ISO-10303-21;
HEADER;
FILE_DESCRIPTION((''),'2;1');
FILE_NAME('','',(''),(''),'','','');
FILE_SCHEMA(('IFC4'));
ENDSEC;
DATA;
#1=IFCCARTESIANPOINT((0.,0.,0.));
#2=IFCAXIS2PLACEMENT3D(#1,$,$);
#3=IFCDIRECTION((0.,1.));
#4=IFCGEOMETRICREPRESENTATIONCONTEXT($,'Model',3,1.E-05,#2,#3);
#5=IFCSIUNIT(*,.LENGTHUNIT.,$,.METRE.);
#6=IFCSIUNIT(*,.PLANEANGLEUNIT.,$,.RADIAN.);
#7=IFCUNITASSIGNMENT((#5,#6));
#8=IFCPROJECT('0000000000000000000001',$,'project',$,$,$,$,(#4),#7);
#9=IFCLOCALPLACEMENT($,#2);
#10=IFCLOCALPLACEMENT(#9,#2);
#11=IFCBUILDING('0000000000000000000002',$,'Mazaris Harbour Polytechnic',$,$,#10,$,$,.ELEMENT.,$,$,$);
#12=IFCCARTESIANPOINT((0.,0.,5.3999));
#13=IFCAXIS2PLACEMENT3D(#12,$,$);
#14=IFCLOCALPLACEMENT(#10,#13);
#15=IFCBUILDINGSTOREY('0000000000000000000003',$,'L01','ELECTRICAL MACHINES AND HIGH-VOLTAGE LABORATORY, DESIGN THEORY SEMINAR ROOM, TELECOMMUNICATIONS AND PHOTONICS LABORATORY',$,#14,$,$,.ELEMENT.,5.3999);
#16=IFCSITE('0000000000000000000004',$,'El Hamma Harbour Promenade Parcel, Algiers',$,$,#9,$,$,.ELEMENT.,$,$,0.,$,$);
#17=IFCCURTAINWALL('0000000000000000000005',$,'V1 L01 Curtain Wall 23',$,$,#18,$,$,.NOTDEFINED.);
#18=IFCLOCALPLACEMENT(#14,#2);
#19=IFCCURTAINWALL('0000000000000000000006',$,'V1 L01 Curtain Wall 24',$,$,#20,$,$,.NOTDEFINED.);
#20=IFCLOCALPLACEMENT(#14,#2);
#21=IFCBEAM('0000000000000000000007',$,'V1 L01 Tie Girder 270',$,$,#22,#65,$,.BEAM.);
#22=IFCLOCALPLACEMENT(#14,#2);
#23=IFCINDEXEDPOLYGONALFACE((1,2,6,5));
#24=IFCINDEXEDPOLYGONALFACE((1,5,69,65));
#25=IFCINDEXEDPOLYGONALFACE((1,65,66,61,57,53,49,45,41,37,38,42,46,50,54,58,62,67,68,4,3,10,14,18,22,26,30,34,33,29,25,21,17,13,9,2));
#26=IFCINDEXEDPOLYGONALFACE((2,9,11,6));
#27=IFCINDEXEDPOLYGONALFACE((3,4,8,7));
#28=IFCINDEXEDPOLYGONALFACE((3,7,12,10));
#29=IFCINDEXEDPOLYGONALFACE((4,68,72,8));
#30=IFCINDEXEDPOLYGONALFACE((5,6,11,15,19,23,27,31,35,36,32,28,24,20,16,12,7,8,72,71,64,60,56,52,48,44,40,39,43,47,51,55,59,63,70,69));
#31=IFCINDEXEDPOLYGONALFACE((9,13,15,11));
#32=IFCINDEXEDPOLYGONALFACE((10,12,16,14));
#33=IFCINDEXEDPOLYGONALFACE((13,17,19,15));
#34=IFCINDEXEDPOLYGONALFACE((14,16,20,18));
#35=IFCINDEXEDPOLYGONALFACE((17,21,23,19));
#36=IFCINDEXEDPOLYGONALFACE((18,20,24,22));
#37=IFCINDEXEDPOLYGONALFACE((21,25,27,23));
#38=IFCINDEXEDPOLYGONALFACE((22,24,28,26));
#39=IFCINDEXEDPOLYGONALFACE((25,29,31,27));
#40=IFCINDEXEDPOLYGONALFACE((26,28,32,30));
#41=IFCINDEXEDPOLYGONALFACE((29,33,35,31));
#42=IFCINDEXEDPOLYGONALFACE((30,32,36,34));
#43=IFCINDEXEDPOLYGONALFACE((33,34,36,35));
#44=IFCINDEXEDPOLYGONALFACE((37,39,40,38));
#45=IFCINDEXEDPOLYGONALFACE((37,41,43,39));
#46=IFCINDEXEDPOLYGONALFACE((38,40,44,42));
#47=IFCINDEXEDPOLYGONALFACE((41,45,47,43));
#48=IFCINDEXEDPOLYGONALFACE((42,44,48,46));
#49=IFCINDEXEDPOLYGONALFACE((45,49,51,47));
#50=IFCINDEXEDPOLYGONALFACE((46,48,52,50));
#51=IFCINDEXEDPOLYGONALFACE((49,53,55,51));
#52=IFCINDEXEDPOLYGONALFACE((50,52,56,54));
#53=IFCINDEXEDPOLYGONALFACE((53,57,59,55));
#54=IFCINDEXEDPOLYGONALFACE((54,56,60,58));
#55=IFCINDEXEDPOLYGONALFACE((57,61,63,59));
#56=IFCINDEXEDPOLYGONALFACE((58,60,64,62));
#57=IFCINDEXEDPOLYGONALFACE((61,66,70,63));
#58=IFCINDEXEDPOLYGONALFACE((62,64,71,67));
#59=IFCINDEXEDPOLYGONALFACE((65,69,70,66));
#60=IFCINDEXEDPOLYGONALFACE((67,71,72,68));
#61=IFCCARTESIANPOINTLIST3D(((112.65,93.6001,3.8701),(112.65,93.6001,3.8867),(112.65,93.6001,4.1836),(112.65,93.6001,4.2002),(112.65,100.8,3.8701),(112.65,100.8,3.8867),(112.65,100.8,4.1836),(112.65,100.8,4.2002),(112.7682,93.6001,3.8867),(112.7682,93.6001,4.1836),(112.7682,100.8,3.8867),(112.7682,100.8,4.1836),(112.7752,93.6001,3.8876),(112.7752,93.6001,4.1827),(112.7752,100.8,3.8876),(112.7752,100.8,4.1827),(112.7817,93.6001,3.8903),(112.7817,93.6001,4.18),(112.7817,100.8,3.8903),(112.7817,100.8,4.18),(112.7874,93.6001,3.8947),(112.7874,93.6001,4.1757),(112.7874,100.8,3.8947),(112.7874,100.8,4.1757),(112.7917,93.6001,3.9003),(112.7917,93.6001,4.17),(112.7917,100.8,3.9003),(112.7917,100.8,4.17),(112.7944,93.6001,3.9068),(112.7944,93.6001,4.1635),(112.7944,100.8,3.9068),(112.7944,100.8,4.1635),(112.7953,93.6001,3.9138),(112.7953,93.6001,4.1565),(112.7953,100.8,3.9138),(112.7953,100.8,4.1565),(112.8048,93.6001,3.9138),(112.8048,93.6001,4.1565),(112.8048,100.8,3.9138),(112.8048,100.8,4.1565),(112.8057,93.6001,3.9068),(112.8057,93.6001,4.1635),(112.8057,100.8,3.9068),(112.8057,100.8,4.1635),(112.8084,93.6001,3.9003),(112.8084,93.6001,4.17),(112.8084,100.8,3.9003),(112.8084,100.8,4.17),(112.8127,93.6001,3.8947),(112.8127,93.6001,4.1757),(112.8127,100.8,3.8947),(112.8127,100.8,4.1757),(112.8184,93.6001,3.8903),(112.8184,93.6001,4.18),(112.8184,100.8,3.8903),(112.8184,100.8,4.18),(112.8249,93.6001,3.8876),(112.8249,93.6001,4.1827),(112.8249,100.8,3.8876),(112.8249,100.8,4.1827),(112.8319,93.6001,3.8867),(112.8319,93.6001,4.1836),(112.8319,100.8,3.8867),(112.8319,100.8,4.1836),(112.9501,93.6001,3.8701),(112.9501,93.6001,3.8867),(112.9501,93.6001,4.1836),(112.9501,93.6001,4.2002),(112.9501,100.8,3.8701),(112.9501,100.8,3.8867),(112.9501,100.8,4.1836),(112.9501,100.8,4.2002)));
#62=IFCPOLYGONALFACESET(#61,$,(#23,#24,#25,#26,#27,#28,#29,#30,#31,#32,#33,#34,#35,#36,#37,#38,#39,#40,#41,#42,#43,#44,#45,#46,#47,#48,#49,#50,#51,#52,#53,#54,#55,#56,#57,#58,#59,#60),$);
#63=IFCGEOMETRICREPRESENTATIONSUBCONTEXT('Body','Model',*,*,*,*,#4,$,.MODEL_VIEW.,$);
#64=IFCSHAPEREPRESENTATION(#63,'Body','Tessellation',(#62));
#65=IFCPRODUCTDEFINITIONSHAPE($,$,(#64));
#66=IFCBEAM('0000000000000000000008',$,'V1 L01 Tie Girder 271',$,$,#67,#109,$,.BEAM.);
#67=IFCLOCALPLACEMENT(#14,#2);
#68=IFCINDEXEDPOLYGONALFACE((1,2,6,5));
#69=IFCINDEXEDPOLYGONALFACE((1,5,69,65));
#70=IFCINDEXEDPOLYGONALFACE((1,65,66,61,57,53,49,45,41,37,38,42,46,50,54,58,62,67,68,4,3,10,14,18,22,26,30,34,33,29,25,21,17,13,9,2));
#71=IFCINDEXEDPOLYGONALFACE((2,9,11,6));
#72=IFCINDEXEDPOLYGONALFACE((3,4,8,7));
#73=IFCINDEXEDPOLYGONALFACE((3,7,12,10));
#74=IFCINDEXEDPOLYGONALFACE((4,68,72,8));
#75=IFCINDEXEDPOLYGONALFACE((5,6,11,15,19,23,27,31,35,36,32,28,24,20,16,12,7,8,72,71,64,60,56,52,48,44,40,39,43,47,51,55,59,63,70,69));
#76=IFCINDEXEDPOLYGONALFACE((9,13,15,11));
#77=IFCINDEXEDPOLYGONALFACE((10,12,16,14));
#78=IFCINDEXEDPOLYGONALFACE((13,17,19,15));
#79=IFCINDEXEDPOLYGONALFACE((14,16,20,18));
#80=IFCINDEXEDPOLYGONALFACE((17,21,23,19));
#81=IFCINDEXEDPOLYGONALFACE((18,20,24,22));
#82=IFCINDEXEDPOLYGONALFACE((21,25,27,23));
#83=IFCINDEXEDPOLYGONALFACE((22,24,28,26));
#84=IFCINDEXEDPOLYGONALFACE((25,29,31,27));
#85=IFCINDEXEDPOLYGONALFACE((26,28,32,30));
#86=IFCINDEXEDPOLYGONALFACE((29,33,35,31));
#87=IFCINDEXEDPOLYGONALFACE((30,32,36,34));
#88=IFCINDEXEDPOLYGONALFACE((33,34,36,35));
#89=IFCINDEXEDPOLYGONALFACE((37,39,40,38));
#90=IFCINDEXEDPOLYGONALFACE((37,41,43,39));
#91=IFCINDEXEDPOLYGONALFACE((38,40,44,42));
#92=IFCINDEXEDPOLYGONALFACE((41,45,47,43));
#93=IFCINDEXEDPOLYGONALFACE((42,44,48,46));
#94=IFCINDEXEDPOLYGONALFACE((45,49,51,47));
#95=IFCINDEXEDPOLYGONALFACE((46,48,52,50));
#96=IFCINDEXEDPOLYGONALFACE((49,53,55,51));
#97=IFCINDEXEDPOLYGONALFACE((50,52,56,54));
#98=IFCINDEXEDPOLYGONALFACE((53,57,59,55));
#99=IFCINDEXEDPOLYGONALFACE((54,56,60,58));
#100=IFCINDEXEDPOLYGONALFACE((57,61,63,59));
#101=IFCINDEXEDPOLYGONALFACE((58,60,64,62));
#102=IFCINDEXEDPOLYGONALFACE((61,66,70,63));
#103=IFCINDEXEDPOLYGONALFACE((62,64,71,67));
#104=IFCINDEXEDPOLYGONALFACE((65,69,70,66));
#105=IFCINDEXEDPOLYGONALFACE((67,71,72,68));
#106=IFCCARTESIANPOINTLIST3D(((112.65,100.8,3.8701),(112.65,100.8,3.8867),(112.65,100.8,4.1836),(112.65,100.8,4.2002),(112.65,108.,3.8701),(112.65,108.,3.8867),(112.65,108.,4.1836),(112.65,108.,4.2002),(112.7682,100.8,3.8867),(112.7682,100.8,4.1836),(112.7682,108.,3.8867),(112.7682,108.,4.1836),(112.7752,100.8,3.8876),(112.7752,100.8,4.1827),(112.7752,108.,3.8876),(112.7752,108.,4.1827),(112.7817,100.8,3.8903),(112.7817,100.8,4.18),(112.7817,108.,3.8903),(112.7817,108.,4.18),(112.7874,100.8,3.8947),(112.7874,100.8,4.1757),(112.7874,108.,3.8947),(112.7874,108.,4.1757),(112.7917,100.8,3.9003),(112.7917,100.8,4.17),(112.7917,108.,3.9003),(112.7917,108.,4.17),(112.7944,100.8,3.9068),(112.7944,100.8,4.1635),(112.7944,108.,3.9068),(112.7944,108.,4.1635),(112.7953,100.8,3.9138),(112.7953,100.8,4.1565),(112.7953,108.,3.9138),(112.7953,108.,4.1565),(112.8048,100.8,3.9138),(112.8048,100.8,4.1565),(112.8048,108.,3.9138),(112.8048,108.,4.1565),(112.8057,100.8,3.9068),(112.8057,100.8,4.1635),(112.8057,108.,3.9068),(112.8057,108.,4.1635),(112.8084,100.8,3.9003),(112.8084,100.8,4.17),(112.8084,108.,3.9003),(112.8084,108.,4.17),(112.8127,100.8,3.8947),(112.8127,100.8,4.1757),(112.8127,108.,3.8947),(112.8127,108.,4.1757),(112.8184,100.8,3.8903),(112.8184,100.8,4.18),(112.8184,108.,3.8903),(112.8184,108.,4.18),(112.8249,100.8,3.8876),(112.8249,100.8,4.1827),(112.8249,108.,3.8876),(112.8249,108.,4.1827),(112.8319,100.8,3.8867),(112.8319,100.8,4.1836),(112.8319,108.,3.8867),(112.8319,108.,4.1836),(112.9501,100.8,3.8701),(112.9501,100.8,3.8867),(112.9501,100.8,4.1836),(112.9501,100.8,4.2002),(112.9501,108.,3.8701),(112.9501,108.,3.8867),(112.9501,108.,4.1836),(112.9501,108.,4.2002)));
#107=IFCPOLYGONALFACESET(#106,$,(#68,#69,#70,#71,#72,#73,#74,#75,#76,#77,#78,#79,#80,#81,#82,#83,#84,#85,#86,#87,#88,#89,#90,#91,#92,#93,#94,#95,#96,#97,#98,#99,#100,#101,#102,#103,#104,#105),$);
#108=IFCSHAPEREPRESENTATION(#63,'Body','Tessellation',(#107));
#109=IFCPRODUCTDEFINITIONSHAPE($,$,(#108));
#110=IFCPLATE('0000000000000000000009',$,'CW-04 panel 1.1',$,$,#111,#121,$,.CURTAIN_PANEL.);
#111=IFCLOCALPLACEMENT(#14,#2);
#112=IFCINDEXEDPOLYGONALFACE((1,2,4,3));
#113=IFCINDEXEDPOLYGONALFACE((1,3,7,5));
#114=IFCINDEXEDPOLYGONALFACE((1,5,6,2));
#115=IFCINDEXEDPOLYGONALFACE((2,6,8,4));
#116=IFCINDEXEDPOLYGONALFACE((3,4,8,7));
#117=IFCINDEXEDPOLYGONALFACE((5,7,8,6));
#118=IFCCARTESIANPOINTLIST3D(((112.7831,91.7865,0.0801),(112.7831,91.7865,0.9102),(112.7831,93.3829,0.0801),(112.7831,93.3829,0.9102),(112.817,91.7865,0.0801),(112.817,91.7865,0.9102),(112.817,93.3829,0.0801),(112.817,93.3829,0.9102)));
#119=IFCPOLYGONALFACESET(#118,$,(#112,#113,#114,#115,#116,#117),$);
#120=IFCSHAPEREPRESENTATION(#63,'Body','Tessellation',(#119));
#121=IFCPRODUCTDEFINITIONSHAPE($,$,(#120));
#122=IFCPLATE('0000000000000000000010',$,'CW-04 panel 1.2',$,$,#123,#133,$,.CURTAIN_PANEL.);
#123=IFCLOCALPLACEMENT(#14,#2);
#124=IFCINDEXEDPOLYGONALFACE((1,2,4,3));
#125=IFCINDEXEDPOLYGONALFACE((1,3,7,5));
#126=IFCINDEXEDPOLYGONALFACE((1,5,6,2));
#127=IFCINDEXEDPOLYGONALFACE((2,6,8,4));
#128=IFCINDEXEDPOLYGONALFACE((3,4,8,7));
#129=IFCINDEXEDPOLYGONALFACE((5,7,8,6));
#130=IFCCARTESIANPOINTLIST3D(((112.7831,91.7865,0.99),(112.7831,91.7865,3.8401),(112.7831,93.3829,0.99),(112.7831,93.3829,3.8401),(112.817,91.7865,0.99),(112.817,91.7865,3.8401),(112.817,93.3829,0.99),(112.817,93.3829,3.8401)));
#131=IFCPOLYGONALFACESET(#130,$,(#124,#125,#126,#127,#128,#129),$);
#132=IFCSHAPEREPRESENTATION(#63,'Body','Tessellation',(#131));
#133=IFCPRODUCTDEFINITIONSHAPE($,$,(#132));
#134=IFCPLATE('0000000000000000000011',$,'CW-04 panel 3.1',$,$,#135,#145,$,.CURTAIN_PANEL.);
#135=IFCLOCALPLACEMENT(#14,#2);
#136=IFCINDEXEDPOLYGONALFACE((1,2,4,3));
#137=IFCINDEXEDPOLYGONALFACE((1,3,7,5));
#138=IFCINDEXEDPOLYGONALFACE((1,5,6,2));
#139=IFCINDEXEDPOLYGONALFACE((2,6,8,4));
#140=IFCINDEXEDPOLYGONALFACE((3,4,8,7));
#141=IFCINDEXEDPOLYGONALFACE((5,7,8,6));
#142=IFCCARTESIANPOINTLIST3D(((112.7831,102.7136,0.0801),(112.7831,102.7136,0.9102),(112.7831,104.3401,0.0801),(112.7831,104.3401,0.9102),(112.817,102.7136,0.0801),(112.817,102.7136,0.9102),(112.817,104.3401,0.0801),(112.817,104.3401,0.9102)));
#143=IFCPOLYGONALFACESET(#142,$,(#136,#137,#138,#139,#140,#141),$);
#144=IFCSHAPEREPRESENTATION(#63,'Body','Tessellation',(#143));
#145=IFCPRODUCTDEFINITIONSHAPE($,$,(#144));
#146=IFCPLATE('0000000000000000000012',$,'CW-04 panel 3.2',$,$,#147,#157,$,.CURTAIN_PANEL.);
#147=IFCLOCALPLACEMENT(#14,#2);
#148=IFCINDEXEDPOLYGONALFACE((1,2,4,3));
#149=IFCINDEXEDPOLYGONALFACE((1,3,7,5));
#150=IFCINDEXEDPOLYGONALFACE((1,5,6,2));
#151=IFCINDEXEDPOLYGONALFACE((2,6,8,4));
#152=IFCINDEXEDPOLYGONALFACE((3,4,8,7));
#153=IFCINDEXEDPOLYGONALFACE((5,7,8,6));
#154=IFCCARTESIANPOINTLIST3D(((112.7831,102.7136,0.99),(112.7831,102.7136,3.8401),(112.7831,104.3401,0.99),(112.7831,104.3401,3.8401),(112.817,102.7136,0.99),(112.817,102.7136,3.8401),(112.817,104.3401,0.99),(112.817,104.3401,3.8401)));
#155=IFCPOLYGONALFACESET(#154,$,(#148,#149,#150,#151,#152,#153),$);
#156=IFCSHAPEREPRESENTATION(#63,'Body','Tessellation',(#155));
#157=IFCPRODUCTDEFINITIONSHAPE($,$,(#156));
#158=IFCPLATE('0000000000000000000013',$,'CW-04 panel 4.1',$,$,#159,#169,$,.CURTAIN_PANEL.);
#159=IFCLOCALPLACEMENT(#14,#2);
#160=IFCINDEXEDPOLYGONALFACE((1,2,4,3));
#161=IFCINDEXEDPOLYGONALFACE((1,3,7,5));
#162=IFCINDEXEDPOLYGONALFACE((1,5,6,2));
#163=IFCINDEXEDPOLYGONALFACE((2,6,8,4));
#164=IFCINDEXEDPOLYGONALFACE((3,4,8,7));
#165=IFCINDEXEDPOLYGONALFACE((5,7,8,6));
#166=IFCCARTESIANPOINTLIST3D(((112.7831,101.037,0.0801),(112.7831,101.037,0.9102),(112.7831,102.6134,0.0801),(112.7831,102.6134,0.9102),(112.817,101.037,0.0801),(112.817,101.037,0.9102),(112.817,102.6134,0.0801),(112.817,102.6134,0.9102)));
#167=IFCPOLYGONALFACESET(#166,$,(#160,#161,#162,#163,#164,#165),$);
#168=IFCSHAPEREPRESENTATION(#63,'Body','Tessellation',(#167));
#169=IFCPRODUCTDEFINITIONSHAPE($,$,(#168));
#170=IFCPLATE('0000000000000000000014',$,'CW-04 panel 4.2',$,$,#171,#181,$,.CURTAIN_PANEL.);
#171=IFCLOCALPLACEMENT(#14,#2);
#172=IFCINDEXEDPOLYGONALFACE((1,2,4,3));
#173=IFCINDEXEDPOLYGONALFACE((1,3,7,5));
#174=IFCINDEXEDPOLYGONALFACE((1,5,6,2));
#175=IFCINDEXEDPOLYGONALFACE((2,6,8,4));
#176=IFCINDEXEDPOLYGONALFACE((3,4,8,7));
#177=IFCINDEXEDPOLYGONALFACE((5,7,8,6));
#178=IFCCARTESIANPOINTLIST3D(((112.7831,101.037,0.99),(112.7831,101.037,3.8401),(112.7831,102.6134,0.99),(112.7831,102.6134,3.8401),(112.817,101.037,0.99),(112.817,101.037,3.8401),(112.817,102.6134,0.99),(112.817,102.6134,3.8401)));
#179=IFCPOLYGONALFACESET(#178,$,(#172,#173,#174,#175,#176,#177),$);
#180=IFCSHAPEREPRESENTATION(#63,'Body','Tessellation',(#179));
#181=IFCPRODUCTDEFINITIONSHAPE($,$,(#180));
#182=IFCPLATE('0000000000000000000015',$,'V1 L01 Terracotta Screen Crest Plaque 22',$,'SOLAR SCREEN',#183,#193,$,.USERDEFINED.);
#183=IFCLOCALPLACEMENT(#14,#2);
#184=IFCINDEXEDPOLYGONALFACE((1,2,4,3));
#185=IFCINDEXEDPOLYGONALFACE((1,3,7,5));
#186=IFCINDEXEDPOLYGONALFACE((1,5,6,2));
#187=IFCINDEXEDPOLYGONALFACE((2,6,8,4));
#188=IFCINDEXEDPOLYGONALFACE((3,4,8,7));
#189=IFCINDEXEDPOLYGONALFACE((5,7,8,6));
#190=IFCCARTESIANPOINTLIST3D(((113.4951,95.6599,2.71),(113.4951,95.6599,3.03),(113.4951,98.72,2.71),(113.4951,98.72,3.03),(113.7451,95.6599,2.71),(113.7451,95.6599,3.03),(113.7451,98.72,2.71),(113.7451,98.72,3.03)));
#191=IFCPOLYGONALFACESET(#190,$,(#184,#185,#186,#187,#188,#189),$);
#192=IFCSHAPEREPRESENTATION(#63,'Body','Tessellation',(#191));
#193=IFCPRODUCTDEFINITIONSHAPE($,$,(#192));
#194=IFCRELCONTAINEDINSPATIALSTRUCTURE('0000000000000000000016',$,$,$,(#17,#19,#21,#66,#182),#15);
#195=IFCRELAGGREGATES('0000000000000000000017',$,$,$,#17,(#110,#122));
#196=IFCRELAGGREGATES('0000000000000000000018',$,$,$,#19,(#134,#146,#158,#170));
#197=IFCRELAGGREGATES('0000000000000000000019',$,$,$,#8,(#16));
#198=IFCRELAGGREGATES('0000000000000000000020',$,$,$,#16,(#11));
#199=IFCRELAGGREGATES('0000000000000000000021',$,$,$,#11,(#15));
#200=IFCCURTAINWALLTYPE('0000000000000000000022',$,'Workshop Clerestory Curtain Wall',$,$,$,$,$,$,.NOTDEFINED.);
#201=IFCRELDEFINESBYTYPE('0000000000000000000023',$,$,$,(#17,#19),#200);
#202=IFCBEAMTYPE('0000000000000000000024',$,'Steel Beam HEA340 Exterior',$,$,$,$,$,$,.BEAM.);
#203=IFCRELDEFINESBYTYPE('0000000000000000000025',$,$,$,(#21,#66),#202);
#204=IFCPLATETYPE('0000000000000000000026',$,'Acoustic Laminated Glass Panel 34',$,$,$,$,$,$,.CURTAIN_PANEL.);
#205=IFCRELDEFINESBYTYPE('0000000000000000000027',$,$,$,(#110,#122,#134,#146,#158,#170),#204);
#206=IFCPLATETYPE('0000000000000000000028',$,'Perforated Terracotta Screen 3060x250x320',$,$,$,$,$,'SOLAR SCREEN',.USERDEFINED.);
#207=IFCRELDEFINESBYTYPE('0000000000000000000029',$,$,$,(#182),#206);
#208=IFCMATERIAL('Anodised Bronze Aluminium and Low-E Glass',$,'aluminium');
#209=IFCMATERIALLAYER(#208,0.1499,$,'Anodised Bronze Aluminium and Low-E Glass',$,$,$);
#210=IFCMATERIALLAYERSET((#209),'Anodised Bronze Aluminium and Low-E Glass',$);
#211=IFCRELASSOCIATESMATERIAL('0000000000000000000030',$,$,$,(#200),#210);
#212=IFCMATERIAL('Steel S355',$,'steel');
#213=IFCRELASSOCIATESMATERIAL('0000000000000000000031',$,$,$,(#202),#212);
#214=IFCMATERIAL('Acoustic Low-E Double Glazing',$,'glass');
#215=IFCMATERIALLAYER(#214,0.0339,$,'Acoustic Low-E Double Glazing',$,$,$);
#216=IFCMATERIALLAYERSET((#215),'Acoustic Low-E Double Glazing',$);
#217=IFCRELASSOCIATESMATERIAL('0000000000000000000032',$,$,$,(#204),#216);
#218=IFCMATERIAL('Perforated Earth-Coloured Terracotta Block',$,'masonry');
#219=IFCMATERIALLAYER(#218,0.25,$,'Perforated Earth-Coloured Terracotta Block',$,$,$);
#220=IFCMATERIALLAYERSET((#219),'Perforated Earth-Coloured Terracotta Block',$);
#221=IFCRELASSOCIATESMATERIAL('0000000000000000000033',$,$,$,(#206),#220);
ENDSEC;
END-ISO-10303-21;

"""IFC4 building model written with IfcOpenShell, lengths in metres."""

from ifc_helpers import new_model, si_unit, direction, frame, origin, origin_2d, place, context, subcontext, project, spatial, rectangle, i_section, extrude, material, layer, layer_set, material_profile, profile_set, type_object, element, aggregate, save


model = new_model("IFC4")

# Units and contexts
model_context = context("Model", 3, precision=1e-05, world=origin(), true_north=direction((0.0, 1.0)))
body_context = subcontext(model_context, "Body", "Model", "MODEL_VIEW")
ifc_project = project(units=[si_unit("LENGTHUNIT", "METRE"), si_unit("PLANEANGLEUNIT", "RADIAN")], contexts=[model_context])

# Site, building, storey
site_placement = place(None, origin())
site = spatial("IfcSite", under=ifc_project, at=site_placement, Name="El Hamma Harbour Promenade Parcel, Algiers", CompositionType="ELEMENT", RefElevation=0.0)
building_placement = place(site_placement, origin())
building = spatial("IfcBuilding", under=site, at=building_placement, Name="Mazaris Harbour Polytechnic", CompositionType="ELEMENT")
storey_placement = place(building_placement, frame((0.0, 0.0, 5.3999)))
storey = spatial("IfcBuildingStorey", under=building, at=storey_placement, Name="L01", Description="ELECTRICAL MACHINES AND HIGH-VOLTAGE LABORATORY, DESIGN THEORY SEMINAR ROOM, TELECOMMUNICATIONS AND PHOTONICS LABORATORY", CompositionType="ELEMENT", Elevation=5.3999)

# Curtain walls
ifc_material_1 = material(Name="Anodised Bronze Aluminium and Low-E Glass", Category="aluminium")
ifc_layer_1 = layer(ifc_material_1, 0.1499, Name="Anodised Bronze Aluminium and Low-E Glass")
ifc_layer_set_1 = layer_set([ifc_layer_1], Name="Anodised Bronze Aluminium and Low-E Glass")
curtain_wall_type = type_object("IfcCurtainWallType", Name="Workshop Clerestory Curtain Wall", PredefinedType="NOTDEFINED", material=ifc_layer_set_1)
curtain_wall_1_placement = place(storey_placement, origin())
curtain_wall_1 = element("IfcCurtainWall", 1, at=curtain_wall_1_placement, inside=storey, type_object=curtain_wall_type, Name="V1 L01 Curtain Wall 23", PredefinedType="NOTDEFINED")
curtain_wall_2_placement = place(storey_placement, origin())
curtain_wall_2 = element("IfcCurtainWall", 2, at=curtain_wall_2_placement, inside=storey, type_object=curtain_wall_type, Name="V1 L01 Curtain Wall 24", PredefinedType="NOTDEFINED")

# Beams
ifc_material_2 = material(Name="Steel S355", Category="steel")
ifc_material_profile_1 = material_profile(ifc_material_2, i_section(OverallWidth=0.3, OverallDepth=0.3301, WebThickness=0.0095, FlangeThickness=0.0166, FilletRadius=0.0271, at=origin_2d()), Name="HEA 340")
ifc_profile_set_1 = profile_set([ifc_material_profile_1], Name="Steel S355")
beam_type = type_object("IfcBeamType", Name="Steel Beam HEA340 Exterior", PredefinedType="BEAM", material=ifc_profile_set_1)
for number, where, z_axis, x_axis, name in (
    (3, (112.8, 93.6001, 4.0352), (0.0, 1.0, 0.0), (-1.0, 0.0, 0.0), "V1 L01 Tie Girder 270"),
    (4, (112.8, 100.8, 4.0352), (0.0, 1.0, 0.0), (-1.0, 0.0, 0.0), "V1 L01 Tie Girder 271"),
):
    element("IfcBeam", number, at=place(storey_placement, frame(where, z_axis=z_axis, x_axis=x_axis)), inside=storey, type_object=beam_type, Name=name, PredefinedType="BEAM", context=body_context, shape_type="SweptSolid", body=[
        extrude(i_section(OverallWidth=0.3, OverallDepth=0.3301, WebThickness=0.0095, FlangeThickness=0.0166, FilletRadius=0.0271, at=origin_2d()), origin(), (0.0, 0.0, 1.0), 7.2),
    ])

# Plates
ifc_material_3 = material(Name="Acoustic Low-E Double Glazing", Category="glass")
ifc_layer_2 = layer(ifc_material_3, 0.0339, Name="Acoustic Low-E Double Glazing")
ifc_layer_set_2 = layer_set([ifc_layer_2], Name="Acoustic Low-E Double Glazing")
plate_type_1 = type_object("IfcPlateType", Name="Acoustic Laminated Glass Panel 34", PredefinedType="CURTAIN_PANEL", material=ifc_layer_set_2)
plate_1_placement = place(storey_placement, frame((112.8, 92.5847, 0.0801), z_axis=(0.0, 0.0, 1.0), x_axis=(0.0, -1.0, 0.0)))
plate_1 = element("IfcPlate", 5, at=plate_1_placement, type_object=plate_type_1, Name="CW-04 panel 1.1", PredefinedType="CURTAIN_PANEL", context=body_context, shape_type="SweptSolid", body=[
    extrude(rectangle(XDim=1.5964, YDim=0.0339, at=origin_2d()), origin(), (0.0, 0.0, 1.0), 0.8301),
])
plate_2_placement = place(storey_placement, frame((112.8, 92.5847, 0.99), z_axis=(0.0, 0.0, 1.0), x_axis=(0.0, -1.0, 0.0)))
plate_2 = element("IfcPlate", 6, at=plate_2_placement, type_object=plate_type_1, Name="CW-04 panel 1.2", PredefinedType="CURTAIN_PANEL", context=body_context, shape_type="SweptSolid", body=[
    extrude(rectangle(XDim=1.5964, YDim=0.0339, at=origin_2d()), origin(), (0.0, 0.0, 1.0), 2.8501),
])
aggregate(curtain_wall_1, [plate_1, plate_2])
plate_3_placement = place(storey_placement, frame((112.8, 103.5269, 0.0801), z_axis=(0.0, 0.0, 1.0), x_axis=(0.0, -1.0, 0.0)))
plate_3 = element("IfcPlate", 7, at=plate_3_placement, type_object=plate_type_1, Name="CW-04 panel 3.1", PredefinedType="CURTAIN_PANEL", context=body_context, shape_type="SweptSolid", body=[
    extrude(rectangle(XDim=1.6265, YDim=0.0339, at=origin_2d()), origin(), (0.0, 0.0, 1.0), 0.8301),
])
plate_4_placement = place(storey_placement, frame((112.8, 103.5269, 0.99), z_axis=(0.0, 0.0, 1.0), x_axis=(0.0, -1.0, 0.0)))
plate_4 = element("IfcPlate", 8, at=plate_4_placement, type_object=plate_type_1, Name="CW-04 panel 3.2", PredefinedType="CURTAIN_PANEL", context=body_context, shape_type="SweptSolid", body=[
    extrude(rectangle(XDim=1.6265, YDim=0.0339, at=origin_2d()), origin(), (0.0, 0.0, 1.0), 2.8501),
])
plate_5_placement = place(storey_placement, frame((112.8, 101.8252, 0.0801), z_axis=(0.0, 0.0, 1.0), x_axis=(0.0, -1.0, 0.0)))
plate_5 = element("IfcPlate", 9, at=plate_5_placement, type_object=plate_type_1, Name="CW-04 panel 4.1", PredefinedType="CURTAIN_PANEL", context=body_context, shape_type="SweptSolid", body=[
    extrude(rectangle(XDim=1.5764, YDim=0.0339, at=origin_2d()), origin(), (0.0, 0.0, 1.0), 0.8301),
])
plate_6_placement = place(storey_placement, frame((112.8, 101.8252, 0.99), z_axis=(0.0, 0.0, 1.0), x_axis=(0.0, -1.0, 0.0)))
plate_6 = element("IfcPlate", 10, at=plate_6_placement, type_object=plate_type_1, Name="CW-04 panel 4.2", PredefinedType="CURTAIN_PANEL", context=body_context, shape_type="SweptSolid", body=[
    extrude(rectangle(XDim=1.5764, YDim=0.0339, at=origin_2d()), origin(), (0.0, 0.0, 1.0), 2.8501),
])
aggregate(curtain_wall_2, [plate_3, plate_4, plate_5, plate_6])
ifc_material_4 = material(Name="Perforated Earth-Coloured Terracotta Block", Category="masonry")
ifc_layer_3 = layer(ifc_material_4, 0.25, Name="Perforated Earth-Coloured Terracotta Block")
ifc_layer_set_3 = layer_set([ifc_layer_3], Name="Perforated Earth-Coloured Terracotta Block")
plate_type_2 = type_object("IfcPlateType", Name="Perforated Terracotta Screen 3060x250x320", ElementType="SOLAR SCREEN", PredefinedType="USERDEFINED", material=ifc_layer_set_3)
plate_7_placement = place(storey_placement, frame((113.6201, 97.1899, 2.71), z_axis=(0.0, 0.0, 1.0), x_axis=(0.0, -1.0, 0.0)))
element("IfcPlate", 11, at=plate_7_placement, inside=storey, type_object=plate_type_2, Name="V1 L01 Terracotta Screen Crest Plaque 22", ObjectType="SOLAR SCREEN", PredefinedType="USERDEFINED", context=body_context, shape_type="SweptSolid", body=[
    extrude(rectangle(XDim=3.0601, YDim=0.25, at=origin_2d()), origin(), (0.0, 0.0, 1.0), 0.3201),
])

save(model, "model.ifc")
